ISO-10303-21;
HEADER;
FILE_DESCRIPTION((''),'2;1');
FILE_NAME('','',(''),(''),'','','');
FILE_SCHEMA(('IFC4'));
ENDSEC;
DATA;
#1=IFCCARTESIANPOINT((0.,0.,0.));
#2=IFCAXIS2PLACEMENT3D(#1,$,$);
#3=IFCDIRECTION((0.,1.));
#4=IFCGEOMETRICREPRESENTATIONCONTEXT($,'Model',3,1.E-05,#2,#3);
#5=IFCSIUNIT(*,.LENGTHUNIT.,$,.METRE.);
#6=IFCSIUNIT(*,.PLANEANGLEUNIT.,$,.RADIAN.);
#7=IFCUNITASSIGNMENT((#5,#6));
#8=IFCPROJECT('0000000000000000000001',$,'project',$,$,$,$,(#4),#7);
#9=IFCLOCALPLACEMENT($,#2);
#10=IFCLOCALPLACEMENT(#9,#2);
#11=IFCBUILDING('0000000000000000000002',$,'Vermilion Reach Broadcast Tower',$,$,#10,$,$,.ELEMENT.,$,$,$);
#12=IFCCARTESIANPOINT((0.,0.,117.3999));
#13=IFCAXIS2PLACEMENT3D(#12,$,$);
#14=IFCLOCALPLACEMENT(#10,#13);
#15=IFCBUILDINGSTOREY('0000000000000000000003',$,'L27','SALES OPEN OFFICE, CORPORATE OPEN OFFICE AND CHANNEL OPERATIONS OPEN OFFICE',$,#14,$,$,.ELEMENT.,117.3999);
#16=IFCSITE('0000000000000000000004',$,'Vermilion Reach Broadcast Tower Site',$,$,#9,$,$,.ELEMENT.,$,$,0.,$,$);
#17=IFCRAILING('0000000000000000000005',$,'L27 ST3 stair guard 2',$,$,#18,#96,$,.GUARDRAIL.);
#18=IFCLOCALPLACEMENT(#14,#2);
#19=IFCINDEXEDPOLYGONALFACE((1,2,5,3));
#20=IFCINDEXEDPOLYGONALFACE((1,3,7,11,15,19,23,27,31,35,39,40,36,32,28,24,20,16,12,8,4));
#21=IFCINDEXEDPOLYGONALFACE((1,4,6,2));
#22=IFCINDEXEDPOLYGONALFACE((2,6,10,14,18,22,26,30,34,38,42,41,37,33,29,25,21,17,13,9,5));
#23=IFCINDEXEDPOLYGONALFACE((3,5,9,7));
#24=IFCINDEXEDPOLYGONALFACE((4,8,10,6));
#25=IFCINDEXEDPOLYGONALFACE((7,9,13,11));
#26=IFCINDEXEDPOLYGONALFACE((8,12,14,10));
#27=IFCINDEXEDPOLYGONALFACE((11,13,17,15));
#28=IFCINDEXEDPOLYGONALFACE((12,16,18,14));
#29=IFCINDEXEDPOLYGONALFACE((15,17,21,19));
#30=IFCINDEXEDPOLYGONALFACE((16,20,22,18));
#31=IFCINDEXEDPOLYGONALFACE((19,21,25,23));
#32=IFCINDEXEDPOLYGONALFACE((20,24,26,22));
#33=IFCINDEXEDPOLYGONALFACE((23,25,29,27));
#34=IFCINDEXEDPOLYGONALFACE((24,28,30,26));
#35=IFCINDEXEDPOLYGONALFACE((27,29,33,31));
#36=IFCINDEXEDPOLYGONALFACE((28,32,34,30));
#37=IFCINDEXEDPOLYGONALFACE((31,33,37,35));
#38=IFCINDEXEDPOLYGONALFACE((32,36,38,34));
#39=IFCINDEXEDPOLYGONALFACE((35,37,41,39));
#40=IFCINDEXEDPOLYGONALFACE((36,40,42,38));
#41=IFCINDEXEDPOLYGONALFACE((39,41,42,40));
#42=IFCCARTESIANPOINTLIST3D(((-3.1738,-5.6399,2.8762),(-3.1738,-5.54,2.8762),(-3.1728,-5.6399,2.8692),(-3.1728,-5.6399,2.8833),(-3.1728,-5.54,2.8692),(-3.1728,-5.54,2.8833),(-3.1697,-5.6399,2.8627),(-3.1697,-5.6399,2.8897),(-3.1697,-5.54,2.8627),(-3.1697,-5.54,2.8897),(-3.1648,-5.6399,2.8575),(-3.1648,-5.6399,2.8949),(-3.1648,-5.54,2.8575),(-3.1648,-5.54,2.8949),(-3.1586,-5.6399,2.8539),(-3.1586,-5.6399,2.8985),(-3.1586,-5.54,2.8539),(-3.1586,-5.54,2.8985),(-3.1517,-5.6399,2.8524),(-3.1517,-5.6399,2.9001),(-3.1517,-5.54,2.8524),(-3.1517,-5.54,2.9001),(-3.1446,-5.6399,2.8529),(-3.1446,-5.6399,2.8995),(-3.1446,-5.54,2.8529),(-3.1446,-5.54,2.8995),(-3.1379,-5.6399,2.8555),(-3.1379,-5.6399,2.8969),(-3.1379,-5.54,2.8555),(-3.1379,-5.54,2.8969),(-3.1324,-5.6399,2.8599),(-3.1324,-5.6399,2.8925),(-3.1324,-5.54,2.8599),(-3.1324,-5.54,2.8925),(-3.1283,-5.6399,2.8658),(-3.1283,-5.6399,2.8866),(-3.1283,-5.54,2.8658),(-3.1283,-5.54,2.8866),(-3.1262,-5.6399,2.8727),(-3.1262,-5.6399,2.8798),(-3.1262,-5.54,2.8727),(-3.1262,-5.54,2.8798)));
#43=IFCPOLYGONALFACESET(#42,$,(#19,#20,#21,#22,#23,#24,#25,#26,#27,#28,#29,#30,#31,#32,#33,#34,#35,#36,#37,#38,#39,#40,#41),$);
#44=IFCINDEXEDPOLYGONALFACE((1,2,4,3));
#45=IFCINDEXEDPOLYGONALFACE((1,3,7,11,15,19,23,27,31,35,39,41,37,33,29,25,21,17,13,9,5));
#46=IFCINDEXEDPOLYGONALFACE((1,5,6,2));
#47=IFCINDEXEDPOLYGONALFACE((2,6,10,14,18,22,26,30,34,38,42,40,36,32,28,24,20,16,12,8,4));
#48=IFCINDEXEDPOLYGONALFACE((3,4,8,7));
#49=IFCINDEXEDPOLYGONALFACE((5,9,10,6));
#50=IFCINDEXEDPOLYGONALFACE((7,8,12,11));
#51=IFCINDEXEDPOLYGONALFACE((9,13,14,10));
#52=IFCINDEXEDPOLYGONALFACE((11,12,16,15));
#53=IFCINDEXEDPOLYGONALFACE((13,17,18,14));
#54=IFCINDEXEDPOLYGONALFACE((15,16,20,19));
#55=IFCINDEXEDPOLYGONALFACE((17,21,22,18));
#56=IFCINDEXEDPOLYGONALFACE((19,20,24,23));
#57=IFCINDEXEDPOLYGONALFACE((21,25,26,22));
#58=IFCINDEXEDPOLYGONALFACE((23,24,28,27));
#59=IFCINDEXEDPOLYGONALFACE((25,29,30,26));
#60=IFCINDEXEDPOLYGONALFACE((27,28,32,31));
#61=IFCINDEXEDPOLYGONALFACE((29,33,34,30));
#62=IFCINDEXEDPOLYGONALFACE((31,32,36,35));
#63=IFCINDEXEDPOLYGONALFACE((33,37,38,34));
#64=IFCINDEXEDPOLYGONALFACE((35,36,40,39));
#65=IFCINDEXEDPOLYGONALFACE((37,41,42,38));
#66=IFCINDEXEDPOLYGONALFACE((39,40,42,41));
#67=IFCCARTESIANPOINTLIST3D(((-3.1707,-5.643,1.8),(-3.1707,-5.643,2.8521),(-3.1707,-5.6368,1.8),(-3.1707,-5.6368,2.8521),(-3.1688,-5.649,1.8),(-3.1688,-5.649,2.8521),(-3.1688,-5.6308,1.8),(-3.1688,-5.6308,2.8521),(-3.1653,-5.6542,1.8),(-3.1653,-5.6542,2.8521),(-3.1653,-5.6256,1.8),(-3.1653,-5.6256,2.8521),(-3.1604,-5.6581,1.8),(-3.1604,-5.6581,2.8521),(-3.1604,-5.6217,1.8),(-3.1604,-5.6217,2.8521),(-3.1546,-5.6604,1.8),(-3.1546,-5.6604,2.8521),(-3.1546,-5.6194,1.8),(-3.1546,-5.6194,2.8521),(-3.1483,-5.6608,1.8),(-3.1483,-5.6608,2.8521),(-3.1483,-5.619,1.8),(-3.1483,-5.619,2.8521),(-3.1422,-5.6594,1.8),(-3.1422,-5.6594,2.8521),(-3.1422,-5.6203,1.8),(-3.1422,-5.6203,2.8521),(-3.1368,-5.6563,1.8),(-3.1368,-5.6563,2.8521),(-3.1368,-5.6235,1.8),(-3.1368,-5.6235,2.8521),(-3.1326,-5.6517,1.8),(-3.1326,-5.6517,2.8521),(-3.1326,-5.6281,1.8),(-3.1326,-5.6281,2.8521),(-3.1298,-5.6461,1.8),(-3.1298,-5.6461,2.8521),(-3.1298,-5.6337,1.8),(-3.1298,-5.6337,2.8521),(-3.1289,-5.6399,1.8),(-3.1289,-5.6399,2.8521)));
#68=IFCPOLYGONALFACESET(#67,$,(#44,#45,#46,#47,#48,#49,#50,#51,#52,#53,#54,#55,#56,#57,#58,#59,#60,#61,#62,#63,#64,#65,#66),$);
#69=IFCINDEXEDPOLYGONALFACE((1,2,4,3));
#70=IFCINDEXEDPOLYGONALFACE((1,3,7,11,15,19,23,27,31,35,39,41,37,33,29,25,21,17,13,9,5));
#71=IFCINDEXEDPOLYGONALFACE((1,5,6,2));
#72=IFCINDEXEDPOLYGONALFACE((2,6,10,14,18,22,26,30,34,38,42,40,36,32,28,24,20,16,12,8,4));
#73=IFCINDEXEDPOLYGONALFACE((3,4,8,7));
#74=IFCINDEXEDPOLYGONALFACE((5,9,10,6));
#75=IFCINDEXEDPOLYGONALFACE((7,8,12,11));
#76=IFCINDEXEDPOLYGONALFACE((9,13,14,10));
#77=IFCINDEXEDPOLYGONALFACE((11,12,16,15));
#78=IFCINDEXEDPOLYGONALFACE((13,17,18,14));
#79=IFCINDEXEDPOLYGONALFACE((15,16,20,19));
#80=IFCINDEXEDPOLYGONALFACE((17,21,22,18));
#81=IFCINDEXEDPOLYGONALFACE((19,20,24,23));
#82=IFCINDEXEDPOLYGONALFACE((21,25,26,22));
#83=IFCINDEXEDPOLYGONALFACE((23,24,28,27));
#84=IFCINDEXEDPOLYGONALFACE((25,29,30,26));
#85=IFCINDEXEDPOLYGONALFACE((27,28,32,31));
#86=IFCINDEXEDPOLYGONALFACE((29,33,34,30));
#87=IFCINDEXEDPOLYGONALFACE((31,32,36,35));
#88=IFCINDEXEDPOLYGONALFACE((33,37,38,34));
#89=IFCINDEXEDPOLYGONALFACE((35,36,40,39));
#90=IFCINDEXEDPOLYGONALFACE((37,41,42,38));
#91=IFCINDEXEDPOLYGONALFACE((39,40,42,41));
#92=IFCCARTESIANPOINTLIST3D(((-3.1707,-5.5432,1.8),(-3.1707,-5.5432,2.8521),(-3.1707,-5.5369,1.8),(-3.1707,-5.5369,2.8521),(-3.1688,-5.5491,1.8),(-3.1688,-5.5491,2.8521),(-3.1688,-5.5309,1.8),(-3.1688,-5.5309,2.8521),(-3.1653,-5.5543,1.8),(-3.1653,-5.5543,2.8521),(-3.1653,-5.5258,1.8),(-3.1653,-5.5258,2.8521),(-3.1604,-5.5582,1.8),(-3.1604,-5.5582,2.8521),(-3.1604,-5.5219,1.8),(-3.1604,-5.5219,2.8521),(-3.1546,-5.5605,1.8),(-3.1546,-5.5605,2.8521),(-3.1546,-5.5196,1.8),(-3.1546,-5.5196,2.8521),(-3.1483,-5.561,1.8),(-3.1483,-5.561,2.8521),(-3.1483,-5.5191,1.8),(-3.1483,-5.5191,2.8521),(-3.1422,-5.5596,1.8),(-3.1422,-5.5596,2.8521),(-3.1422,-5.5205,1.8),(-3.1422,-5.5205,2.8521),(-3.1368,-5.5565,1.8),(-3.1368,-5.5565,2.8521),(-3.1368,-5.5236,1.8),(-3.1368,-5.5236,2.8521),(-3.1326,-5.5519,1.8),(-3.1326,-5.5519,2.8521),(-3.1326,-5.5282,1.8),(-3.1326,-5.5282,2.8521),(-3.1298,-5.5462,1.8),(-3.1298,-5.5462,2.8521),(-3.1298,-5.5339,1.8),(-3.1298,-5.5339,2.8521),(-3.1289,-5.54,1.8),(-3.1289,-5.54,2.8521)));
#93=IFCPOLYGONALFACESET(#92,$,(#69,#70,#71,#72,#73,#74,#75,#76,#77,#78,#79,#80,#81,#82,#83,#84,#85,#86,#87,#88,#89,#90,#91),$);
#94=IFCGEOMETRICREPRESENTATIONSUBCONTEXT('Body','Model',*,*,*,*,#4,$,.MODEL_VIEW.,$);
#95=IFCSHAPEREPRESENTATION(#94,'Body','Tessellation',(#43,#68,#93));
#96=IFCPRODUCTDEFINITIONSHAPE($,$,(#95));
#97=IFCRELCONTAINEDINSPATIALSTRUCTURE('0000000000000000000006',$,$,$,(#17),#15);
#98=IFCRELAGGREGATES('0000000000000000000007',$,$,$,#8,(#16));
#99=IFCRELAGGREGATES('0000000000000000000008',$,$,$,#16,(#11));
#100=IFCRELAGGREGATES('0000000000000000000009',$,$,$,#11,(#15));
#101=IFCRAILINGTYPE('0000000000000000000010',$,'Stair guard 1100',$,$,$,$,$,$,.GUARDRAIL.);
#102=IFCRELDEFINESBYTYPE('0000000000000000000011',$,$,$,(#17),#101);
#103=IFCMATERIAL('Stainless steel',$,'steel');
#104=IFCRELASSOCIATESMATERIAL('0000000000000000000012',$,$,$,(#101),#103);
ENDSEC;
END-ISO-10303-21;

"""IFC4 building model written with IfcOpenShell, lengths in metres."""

from ifc_helpers import new_model, si_unit, direction, frame, origin, origin_2d, place, context, subcontext, project, spatial, circle, extrude, material, type_object, element, save


model = new_model("IFC4")

# Units and contexts
model_context = context("Model", 3, precision=1e-05, world=origin(), true_north=direction((0.0, 1.0)))
body_context = subcontext(model_context, "Body", "Model", "MODEL_VIEW")
ifc_project = project(units=[si_unit("LENGTHUNIT", "METRE"), si_unit("PLANEANGLEUNIT", "RADIAN")], contexts=[model_context])

# Site, building, storey
site_placement = place(None, origin())
site = spatial("IfcSite", under=ifc_project, at=site_placement, Name="Vermilion Reach Broadcast Tower Site", CompositionType="ELEMENT", RefElevation=0.0)
building_placement = place(site_placement, origin())
building = spatial("IfcBuilding", under=site, at=building_placement, Name="Vermilion Reach Broadcast Tower", CompositionType="ELEMENT")
storey_placement = place(building_placement, frame((0.0, 0.0, 117.3999)))
storey = spatial("IfcBuildingStorey", under=building, at=storey_placement, Name="L27", Description="SALES OPEN OFFICE, CORPORATE OPEN OFFICE AND CHANNEL OPERATIONS OPEN OFFICE", CompositionType="ELEMENT", Elevation=117.3999)

# Railing
ifc_material_1 = material(Name="Stainless steel", Category="steel")
railing_type_1 = type_object("IfcRailingType", Name="Stair guard 1100", PredefinedType="GUARDRAIL", material=ifc_material_1)
railing_1_placement = place(storey_placement, frame((-3.1499, -5.6399, 1.8)))
element("IfcRailing", 1, at=railing_1_placement, inside=storey, type_object=railing_type_1, Name="L27 ST3 stair guard 2", PredefinedType="GUARDRAIL", context=body_context, shape_type="SweptSolid", body=[
    extrude(circle(Radius=0.0239, at=origin_2d()), frame((0.0, 0.0, 1.0762), z_axis=(0.0, 1.0, 0.0), x_axis=(-1.0, 0.0, 0.0)), (0.0, 0.0, 1.0), 0.0999),
    extrude(circle(Radius=0.021, at=origin_2d()), origin(), (0.0, 0.0, 1.0), 1.052),
    extrude(circle(Radius=0.021, at=origin_2d()), frame((0.0, 0.0999, 0.0)), (0.0, 0.0, 1.0), 1.052),
])

save(model, "model.ifc")
